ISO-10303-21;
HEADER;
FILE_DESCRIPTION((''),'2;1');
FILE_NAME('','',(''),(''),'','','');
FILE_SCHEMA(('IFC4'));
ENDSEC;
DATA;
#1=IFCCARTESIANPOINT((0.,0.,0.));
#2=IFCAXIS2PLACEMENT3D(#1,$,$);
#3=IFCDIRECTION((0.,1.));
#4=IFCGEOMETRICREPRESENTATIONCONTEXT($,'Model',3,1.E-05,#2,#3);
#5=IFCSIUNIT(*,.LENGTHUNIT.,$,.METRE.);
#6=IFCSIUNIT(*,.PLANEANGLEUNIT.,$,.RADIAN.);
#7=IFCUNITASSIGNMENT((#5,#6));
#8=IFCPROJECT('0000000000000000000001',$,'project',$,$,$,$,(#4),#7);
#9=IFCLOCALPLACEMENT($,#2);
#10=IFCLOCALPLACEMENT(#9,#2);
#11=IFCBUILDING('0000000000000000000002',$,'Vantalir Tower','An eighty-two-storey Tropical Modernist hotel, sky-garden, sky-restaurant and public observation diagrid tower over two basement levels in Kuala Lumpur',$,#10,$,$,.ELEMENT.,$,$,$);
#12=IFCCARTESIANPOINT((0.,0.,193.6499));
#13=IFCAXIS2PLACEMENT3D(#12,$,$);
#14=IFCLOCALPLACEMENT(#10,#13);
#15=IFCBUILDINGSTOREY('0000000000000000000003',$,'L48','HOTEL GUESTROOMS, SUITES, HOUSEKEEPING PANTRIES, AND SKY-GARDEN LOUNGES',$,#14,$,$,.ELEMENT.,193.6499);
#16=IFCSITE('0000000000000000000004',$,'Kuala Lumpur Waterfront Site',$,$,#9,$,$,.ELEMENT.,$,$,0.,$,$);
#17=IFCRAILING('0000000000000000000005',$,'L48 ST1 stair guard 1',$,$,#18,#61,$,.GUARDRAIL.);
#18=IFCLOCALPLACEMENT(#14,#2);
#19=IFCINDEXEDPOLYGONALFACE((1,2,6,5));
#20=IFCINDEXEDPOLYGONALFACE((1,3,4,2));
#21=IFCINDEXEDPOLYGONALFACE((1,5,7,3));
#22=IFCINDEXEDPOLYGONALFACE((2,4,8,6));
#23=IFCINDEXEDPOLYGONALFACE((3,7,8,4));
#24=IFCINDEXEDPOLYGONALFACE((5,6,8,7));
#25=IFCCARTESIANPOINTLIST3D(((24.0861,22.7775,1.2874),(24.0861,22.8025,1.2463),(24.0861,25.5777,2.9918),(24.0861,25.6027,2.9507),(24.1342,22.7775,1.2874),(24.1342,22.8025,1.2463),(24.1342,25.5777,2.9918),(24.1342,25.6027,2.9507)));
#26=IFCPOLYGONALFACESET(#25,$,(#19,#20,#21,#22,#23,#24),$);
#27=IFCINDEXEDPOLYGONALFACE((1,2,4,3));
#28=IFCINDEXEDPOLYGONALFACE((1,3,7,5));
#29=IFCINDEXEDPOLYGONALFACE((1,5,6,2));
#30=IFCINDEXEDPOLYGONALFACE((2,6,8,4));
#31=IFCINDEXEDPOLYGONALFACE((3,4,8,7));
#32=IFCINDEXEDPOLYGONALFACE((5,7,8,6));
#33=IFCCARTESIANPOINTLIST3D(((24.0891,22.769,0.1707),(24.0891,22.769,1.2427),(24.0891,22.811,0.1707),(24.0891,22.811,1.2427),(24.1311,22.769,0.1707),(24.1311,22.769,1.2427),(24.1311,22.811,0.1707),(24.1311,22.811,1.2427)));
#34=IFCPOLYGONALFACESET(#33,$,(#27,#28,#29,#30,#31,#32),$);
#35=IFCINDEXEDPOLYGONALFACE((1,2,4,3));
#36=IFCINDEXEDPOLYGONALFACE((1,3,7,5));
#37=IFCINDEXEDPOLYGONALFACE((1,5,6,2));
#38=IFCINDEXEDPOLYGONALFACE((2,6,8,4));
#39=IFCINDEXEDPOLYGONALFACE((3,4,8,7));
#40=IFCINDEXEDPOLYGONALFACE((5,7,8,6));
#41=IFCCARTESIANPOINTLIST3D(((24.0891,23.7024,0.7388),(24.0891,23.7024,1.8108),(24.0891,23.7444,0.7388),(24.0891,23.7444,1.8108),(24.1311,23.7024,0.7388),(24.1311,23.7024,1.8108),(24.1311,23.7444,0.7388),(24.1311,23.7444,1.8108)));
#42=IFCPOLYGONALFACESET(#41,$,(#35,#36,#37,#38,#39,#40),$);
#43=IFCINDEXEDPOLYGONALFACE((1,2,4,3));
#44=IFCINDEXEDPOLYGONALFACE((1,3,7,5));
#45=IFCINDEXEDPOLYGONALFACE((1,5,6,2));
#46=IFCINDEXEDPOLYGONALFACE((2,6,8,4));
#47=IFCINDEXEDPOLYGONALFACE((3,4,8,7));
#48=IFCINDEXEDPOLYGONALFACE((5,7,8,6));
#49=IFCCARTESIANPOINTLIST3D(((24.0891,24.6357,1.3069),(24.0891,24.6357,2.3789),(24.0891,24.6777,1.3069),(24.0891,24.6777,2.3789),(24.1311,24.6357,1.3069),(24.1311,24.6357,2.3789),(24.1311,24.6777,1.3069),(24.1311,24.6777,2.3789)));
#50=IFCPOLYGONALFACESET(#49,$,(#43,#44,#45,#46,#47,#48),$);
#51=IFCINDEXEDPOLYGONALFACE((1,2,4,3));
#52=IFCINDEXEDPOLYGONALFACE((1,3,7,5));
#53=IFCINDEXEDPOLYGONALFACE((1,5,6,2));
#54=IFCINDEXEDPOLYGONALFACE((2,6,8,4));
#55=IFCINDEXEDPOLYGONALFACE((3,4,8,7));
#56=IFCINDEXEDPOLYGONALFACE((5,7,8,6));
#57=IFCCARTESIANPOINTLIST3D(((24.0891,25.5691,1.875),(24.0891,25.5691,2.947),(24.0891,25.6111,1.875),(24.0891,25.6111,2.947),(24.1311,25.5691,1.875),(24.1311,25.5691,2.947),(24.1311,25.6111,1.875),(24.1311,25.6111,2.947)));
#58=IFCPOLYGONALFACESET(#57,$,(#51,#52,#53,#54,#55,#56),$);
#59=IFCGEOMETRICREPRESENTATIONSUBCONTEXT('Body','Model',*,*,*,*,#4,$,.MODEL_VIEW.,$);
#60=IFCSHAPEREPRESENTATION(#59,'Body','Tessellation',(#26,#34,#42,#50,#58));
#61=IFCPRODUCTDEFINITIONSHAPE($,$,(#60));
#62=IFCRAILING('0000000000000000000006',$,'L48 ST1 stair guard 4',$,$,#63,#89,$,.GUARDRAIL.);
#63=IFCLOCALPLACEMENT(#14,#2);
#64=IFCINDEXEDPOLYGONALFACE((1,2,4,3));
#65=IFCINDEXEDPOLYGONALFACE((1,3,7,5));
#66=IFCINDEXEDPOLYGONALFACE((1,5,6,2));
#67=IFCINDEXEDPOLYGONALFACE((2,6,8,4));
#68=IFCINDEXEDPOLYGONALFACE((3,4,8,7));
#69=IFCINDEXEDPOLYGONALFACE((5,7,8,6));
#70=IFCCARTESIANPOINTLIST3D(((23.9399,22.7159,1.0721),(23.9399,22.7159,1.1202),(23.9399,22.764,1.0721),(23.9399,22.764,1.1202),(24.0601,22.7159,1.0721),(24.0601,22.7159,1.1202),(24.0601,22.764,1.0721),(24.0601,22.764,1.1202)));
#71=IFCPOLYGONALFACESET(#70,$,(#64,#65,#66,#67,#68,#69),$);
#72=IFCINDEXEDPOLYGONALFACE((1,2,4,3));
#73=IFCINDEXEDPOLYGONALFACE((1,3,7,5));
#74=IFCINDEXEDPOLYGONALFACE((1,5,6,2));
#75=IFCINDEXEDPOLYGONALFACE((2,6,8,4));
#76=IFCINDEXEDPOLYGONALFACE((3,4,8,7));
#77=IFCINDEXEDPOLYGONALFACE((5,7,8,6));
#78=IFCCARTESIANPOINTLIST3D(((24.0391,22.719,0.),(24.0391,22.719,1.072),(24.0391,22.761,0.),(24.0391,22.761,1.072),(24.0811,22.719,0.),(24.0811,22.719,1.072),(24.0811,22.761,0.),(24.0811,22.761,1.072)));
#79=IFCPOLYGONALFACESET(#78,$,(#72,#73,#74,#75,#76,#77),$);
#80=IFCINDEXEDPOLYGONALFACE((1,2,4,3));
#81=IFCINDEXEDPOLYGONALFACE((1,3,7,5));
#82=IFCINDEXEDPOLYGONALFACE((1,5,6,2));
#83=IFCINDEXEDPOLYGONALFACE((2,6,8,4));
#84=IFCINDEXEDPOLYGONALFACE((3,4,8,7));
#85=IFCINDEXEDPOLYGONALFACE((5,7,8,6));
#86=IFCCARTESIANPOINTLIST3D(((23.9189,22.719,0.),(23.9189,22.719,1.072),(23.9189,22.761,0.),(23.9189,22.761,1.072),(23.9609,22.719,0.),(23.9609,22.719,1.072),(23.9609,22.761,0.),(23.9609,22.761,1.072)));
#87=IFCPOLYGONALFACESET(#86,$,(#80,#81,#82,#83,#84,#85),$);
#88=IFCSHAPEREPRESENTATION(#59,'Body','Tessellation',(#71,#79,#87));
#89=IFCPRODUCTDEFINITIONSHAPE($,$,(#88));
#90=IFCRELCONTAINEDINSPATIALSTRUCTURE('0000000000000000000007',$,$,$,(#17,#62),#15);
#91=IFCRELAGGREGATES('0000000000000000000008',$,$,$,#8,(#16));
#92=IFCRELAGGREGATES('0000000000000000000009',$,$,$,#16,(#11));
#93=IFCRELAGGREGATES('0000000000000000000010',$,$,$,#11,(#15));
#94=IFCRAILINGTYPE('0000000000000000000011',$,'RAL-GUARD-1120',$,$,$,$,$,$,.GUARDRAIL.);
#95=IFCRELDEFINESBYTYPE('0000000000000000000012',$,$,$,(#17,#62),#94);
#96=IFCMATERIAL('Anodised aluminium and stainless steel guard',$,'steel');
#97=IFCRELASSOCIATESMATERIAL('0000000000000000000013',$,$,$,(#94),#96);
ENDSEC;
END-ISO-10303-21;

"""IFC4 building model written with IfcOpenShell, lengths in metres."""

from ifc_helpers import new_model, si_unit, direction, frame, origin, origin_2d, place, context, subcontext, project, spatial, rectangle, extrude, material, type_object, element, save


model = new_model("IFC4")

# Units and contexts
model_context = context("Model", 3, precision=1e-05, world=origin(), true_north=direction((0.0, 1.0)))
body_context = subcontext(model_context, "Body", "Model", "MODEL_VIEW")
ifc_project = project(units=[si_unit("LENGTHUNIT", "METRE"), si_unit("PLANEANGLEUNIT", "RADIAN")], contexts=[model_context])

# Site, building, storey
site_placement = place(None, origin())
site = spatial("IfcSite", under=ifc_project, at=site_placement, Name="Kuala Lumpur Waterfront Site", CompositionType="ELEMENT", RefElevation=0.0)
building_placement = place(site_placement, origin())
building = spatial("IfcBuilding", under=site, at=building_placement, Name="Vantalir Tower", Description="An eighty-two-storey Tropical Modernist hotel, sky-garden, sky-restaurant and public observation diagrid tower over two basement levels in Kuala Lumpur", CompositionType="ELEMENT")
storey_placement = place(building_placement, frame((0.0, 0.0, 193.6499)))
storey = spatial("IfcBuildingStorey", under=building, at=storey_placement, Name="L48", Description="HOTEL GUESTROOMS, SUITES, HOUSEKEEPING PANTRIES, AND SKY-GARDEN LOUNGES", CompositionType="ELEMENT", Elevation=193.6499)

# Railings
ifc_material_1 = material(Name="Anodised aluminium and stainless steel guard", Category="steel")
railing_type = type_object("IfcRailingType", Name="RAL-GUARD-1120", PredefinedType="GUARDRAIL", material=ifc_material_1)
railing_1_placement = place(storey_placement, frame((24.1101, 22.79, 0.1707)))
element("IfcRailing", 1, at=railing_1_placement, inside=storey, type_object=railing_type, Name="L48 ST1 stair guard 1", PredefinedType="GUARDRAIL", context=body_context, shape_type="SweptSolid", body=[
    extrude(rectangle(XDim=0.0481, YDim=0.0481, at=origin_2d()), frame((0.0, 0.0, 1.0962), z_axis=(0.0, 0.854203, 0.51994), x_axis=(-1.0, 0.0, 0.0)), (0.0, 0.0, 1.0), 3.2781),
    extrude(rectangle(XDim=0.042, YDim=0.042, at=origin_2d()), origin(), (0.0, 0.0, 1.0), 1.072),
    extrude(rectangle(XDim=0.042, YDim=0.042, at=origin_2d()), frame((0.0, 0.9333, 0.5681)), (0.0, 0.0, 1.0), 1.072),
    extrude(rectangle(XDim=0.042, YDim=0.042, at=origin_2d()), frame((0.0, 1.8667, 1.1362)), (0.0, 0.0, 1.0), 1.072),
    extrude(rectangle(XDim=0.042, YDim=0.042, at=origin_2d()), frame((0.0, 2.8, 1.7043)), (0.0, 0.0, 1.0), 1.072),
])
railing_2_placement = place(storey_placement, frame((24.0601, 22.74, 0.0)))
element("IfcRailing", 2, at=railing_2_placement, inside=storey, type_object=railing_type, Name="L48 ST1 stair guard 4", PredefinedType="GUARDRAIL", context=body_context, shape_type="SweptSolid", body=[
    extrude(rectangle(XDim=0.0481, YDim=0.0481, at=origin_2d()), frame((0.0, 0.0, 1.0962), z_axis=(-1.0, 0.0, 0.0), x_axis=(0.0, -1.0, 0.0)), (0.0, 0.0, 1.0), 0.1201),
    extrude(rectangle(XDim=0.042, YDim=0.042, at=origin_2d()), origin(), (0.0, 0.0, 1.0), 1.072),
    extrude(rectangle(XDim=0.042, YDim=0.042, at=origin_2d()), frame((-0.1201, 0.0, 0.0)), (0.0, 0.0, 1.0), 1.072),
])

save(model, "model.ifc")
